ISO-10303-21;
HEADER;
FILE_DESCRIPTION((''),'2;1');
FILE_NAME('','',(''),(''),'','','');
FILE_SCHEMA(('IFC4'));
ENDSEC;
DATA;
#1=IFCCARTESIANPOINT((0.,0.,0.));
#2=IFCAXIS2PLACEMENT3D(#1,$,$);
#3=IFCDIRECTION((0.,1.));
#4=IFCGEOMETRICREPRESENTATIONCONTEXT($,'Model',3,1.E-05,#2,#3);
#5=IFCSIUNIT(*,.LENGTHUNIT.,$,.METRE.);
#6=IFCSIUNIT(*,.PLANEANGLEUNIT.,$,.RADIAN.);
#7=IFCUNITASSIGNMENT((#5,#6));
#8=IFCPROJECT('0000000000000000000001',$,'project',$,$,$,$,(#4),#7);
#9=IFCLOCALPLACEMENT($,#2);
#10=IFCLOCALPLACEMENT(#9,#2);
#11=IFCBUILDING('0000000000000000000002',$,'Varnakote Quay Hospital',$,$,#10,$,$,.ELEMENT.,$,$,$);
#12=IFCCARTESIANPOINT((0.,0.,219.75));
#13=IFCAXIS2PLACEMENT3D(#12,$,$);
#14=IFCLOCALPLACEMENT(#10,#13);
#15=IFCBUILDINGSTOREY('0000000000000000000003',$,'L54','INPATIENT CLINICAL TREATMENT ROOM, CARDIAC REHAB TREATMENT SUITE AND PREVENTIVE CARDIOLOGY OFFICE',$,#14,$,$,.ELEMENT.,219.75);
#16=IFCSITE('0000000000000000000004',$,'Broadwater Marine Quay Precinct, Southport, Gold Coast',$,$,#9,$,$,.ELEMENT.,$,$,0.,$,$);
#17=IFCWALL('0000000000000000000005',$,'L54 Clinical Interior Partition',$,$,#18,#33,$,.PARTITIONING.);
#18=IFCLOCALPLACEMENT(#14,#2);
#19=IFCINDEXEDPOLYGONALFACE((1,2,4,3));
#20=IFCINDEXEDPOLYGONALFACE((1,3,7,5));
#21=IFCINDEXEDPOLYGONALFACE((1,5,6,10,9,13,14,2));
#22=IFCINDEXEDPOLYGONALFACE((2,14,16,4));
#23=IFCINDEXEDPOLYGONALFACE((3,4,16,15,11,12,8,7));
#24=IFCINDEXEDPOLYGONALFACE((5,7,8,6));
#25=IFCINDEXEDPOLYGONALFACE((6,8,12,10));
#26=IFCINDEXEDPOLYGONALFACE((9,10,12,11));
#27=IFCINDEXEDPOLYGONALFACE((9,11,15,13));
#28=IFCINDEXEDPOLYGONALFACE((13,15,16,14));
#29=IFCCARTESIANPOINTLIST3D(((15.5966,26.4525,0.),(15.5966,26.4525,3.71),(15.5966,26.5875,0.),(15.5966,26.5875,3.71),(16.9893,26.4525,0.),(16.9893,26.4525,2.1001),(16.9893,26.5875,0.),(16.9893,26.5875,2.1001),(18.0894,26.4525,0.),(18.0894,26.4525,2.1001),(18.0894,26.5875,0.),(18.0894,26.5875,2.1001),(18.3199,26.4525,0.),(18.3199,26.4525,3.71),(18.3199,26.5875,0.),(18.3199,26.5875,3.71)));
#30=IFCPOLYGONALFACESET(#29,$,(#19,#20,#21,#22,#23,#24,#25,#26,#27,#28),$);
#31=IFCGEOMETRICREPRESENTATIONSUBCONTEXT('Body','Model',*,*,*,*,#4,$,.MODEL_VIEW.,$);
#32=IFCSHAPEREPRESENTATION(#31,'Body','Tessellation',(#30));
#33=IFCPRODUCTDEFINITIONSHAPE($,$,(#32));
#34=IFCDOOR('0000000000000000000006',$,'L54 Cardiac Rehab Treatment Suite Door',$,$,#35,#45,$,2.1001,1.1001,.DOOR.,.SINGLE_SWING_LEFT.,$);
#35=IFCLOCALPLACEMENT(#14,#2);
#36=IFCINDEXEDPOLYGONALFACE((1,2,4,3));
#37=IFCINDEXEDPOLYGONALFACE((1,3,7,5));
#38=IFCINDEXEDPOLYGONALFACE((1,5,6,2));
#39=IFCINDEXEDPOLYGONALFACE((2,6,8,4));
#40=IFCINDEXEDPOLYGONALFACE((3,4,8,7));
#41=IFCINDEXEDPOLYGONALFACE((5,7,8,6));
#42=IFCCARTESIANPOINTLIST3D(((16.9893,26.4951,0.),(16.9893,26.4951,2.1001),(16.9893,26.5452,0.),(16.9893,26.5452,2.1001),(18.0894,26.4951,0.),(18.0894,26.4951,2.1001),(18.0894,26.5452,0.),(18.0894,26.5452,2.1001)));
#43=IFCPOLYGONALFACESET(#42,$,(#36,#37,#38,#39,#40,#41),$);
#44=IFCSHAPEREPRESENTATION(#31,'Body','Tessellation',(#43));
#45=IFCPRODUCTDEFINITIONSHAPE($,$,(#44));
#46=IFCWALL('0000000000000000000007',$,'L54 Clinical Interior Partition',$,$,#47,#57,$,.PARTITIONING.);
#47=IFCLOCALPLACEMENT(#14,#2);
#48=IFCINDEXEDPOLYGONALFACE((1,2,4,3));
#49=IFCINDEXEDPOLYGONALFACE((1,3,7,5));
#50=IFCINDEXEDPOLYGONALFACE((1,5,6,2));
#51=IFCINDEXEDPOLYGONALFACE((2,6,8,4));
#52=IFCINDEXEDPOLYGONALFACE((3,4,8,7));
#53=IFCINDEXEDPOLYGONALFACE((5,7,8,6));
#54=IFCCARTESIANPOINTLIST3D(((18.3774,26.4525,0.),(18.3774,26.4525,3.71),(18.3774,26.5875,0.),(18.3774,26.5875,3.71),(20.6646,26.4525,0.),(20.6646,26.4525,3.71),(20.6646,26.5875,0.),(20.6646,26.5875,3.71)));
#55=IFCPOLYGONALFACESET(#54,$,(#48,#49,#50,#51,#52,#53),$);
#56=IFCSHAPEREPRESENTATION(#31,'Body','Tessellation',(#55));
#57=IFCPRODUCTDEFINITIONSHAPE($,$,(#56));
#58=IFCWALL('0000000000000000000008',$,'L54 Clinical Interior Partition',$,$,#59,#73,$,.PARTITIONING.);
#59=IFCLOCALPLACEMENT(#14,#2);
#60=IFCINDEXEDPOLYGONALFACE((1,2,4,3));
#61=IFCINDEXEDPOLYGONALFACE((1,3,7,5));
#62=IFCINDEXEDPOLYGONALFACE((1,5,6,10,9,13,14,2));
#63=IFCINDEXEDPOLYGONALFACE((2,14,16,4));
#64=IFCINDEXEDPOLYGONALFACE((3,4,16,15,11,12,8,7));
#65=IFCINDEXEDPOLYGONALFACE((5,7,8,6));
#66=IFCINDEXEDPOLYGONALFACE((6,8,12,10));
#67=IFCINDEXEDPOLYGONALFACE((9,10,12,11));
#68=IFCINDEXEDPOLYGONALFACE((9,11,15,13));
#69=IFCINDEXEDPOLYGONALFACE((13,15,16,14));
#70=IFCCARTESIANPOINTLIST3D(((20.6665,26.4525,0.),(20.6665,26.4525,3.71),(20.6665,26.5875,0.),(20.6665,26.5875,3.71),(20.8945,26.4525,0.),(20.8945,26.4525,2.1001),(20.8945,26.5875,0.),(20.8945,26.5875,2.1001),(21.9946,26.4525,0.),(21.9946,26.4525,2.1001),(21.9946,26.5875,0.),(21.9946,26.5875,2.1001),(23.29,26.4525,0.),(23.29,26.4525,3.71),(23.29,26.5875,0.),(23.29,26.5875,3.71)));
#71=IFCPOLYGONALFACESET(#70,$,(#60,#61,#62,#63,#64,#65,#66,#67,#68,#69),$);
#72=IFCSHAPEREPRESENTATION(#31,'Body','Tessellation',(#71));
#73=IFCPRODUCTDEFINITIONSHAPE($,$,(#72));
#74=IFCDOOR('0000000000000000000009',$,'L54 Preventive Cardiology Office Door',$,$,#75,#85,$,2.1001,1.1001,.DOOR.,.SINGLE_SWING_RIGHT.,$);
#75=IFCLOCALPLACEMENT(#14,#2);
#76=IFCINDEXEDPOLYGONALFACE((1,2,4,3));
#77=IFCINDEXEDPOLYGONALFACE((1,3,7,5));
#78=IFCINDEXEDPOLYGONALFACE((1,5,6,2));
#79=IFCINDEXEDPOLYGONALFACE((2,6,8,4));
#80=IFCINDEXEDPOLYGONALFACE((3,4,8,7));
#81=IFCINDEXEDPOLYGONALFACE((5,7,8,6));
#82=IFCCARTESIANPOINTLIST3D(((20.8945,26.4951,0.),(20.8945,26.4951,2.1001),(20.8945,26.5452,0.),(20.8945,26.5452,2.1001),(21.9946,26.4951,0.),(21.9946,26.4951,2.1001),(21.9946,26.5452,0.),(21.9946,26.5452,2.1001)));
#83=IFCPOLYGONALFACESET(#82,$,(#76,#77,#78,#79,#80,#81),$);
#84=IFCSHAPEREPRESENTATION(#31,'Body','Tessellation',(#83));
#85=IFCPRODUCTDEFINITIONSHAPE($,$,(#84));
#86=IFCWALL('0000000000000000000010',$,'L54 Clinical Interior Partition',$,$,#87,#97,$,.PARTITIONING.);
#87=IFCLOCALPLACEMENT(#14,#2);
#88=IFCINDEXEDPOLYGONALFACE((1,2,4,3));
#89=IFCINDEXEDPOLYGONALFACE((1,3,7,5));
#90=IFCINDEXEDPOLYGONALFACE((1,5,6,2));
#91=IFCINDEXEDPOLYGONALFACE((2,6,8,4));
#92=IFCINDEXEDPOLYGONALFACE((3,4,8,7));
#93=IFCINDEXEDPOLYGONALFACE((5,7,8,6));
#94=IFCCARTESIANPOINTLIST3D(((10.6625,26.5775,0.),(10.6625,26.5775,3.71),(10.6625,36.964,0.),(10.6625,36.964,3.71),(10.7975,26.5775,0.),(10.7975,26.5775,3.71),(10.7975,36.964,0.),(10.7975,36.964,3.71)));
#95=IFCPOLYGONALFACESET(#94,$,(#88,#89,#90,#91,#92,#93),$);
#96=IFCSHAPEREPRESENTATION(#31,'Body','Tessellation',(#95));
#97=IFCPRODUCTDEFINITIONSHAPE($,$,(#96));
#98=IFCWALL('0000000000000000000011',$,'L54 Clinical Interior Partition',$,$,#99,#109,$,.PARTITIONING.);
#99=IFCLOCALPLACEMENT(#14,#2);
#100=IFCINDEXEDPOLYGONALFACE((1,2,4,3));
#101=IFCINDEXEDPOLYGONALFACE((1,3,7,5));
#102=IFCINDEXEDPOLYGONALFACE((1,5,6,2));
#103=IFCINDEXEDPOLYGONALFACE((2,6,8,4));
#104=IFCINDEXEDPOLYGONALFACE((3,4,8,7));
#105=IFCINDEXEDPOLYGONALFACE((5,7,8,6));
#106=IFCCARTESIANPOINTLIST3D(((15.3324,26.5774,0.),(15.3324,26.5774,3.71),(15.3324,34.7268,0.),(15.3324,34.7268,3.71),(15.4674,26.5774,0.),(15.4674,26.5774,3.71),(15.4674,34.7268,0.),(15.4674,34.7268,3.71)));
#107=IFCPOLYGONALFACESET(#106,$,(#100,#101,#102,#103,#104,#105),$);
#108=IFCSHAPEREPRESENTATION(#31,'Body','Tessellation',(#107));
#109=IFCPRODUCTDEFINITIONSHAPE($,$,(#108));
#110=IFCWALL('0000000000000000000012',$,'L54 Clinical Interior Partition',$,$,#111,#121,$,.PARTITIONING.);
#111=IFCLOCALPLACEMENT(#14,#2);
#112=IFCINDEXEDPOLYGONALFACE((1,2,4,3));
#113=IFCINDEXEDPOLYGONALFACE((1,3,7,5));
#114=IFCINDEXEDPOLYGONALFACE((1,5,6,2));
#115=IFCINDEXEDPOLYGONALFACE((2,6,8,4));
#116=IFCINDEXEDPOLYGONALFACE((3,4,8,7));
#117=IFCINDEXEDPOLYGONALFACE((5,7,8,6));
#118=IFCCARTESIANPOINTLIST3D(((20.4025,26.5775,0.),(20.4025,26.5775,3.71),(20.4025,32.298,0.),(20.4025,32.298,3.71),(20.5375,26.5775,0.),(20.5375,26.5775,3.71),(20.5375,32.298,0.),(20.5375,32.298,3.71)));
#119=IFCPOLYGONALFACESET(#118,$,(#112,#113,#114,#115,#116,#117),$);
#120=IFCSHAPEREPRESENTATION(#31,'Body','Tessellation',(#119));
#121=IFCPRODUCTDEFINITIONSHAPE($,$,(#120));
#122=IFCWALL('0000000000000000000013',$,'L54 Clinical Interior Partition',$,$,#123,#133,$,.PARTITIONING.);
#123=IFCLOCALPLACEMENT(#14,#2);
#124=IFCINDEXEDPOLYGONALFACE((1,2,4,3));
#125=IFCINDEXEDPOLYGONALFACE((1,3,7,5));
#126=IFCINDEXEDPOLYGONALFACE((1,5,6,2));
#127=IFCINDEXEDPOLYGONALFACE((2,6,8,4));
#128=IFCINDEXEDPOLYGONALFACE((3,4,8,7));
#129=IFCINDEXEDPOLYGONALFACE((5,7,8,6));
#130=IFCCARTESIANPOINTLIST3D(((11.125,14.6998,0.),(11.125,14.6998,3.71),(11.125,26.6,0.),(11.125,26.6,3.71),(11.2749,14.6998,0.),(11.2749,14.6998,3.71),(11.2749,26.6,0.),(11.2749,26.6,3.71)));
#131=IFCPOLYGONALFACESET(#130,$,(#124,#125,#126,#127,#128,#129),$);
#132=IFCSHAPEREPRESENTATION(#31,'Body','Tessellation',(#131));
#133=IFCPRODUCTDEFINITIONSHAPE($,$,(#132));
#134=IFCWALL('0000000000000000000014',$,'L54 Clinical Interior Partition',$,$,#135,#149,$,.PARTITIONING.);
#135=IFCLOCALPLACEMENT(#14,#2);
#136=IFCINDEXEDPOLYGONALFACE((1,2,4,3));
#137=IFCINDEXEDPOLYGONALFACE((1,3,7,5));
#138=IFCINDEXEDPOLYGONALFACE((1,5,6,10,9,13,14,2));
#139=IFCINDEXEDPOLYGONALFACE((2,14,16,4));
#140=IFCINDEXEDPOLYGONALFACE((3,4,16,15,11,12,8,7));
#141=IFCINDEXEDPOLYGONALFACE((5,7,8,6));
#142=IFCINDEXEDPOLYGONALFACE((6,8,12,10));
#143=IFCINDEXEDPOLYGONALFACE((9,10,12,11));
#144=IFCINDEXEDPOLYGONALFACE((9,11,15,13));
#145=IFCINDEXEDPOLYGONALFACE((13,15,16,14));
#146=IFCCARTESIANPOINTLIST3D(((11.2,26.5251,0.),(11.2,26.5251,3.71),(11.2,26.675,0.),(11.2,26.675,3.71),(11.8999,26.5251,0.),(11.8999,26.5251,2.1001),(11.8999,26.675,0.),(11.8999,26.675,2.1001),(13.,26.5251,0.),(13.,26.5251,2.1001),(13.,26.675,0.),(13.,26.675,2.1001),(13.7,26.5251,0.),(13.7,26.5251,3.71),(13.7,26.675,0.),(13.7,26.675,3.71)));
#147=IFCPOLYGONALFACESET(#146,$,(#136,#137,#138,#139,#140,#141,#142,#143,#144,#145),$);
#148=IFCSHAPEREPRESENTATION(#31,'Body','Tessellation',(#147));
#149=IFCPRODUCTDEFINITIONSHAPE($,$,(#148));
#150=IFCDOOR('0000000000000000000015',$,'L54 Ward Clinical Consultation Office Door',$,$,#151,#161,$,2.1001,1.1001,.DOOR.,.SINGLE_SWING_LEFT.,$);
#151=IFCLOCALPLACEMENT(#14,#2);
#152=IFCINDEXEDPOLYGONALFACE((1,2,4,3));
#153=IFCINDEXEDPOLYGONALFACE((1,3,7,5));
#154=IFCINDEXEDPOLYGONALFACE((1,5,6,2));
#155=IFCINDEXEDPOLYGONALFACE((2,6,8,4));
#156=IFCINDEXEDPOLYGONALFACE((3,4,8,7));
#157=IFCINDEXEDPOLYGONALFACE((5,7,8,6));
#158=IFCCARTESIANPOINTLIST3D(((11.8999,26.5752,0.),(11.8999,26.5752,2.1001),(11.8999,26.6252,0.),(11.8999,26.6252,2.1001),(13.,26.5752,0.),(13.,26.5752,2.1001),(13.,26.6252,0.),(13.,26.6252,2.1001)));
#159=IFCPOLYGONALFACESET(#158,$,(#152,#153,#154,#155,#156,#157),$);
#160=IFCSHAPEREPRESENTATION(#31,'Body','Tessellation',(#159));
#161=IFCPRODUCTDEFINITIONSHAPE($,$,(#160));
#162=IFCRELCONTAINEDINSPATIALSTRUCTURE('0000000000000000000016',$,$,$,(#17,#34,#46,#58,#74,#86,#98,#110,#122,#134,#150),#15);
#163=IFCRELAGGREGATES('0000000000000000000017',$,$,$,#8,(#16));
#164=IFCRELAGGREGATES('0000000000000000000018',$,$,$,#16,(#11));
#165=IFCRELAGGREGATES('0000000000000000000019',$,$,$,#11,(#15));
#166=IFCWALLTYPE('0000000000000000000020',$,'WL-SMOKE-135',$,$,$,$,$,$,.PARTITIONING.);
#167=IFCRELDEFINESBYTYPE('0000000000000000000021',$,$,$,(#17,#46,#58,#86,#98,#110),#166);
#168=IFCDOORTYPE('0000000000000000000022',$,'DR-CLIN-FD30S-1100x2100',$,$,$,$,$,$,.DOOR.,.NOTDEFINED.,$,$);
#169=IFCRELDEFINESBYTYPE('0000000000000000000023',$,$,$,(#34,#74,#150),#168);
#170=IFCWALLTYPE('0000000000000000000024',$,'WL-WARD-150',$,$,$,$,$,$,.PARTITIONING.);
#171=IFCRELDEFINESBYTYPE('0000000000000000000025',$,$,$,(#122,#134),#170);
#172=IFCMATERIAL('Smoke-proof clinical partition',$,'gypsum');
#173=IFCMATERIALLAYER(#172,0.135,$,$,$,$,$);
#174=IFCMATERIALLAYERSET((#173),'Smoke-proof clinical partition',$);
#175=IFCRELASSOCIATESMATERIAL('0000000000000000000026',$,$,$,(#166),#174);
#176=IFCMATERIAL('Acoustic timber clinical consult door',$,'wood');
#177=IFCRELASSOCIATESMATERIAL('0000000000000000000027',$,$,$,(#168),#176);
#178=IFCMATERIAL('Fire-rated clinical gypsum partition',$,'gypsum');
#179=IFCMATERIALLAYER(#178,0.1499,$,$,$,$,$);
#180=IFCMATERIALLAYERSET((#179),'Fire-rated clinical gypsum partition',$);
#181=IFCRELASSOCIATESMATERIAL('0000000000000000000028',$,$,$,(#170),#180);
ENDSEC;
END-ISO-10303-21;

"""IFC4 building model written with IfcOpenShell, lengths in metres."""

from ifc_helpers import new_model, si_unit, direction, frame, frame_2d, origin, place, context, subcontext, project, spatial, rectangle, extrude, material, layer, layer_set, type_object, element, fill, save


model = new_model("IFC4")

# Units and contexts
model_context = context("Model", 3, precision=1e-05, world=origin(), true_north=direction((0.0, 1.0)))
body_context = subcontext(model_context, "Body", "Model", "MODEL_VIEW")
ifc_project = project(units=[si_unit("LENGTHUNIT", "METRE"), si_unit("PLANEANGLEUNIT", "RADIAN")], contexts=[model_context])

# Site, building, storey
site_placement = place(None, origin())
site = spatial("IfcSite", under=ifc_project, at=site_placement, Name="Broadwater Marine Quay Precinct, Southport, Gold Coast", CompositionType="ELEMENT", RefElevation=0.0)
building_placement = place(site_placement, origin())
building = spatial("IfcBuilding", under=site, at=building_placement, Name="Varnakote Quay Hospital", CompositionType="ELEMENT")
storey_placement = place(building_placement, frame((0.0, 0.0, 219.75)))
storey = spatial("IfcBuildingStorey", under=building, at=storey_placement, Name="L54", Description="INPATIENT CLINICAL TREATMENT ROOM, CARDIAC REHAB TREATMENT SUITE AND PREVENTIVE CARDIOLOGY OFFICE", CompositionType="ELEMENT", Elevation=219.75)

# Shared definitions
ifc_material_1 = material(Name="Smoke-proof clinical partition", Category="gypsum")
ifc_layer_1 = layer(ifc_material_1, 0.135)
ifc_layer_set_1 = layer_set([ifc_layer_1], Name="Smoke-proof clinical partition")
wall_type_1 = type_object("IfcWallType", Name="WL-SMOKE-135", PredefinedType="PARTITIONING", material=ifc_layer_set_1)

# Wall, opening, door
wall_1_placement = place(storey_placement, frame((18.3201, 26.52, 0.0), z_axis=(0.0, 0.0, 1.0), x_axis=(-1.0, 0.0, 0.0)))
wall_1 = element("IfcWall", 1, at=wall_1_placement, inside=storey, type_object=wall_type_1, Name="L54 Clinical Interior Partition", PredefinedType="PARTITIONING", context=body_context, shape_type="SweptSolid", body=[
    extrude(rectangle(XDim=2.7234, YDim=0.135, at=frame_2d((1.3618, 0.0))), origin(), (0.0, 0.0, 1.0), 3.71),
])
opening_1_placement = place(wall_1_placement, frame((0.2307, 0.0, 0.0)))
opening_1 = element("IfcOpeningElement", 2, at=opening_1_placement, cuts=wall_1, PredefinedType="OPENING", context=body_context, shape_type="SweptSolid", body=[
    extrude(rectangle(XDim=1.1001, YDim=2.1001, at=frame_2d((0.55, 1.05))), frame((0.0, 0.0774, 0.0), z_axis=(0.0, -1.0, 0.0), x_axis=(1.0, 0.0, 0.0)), (0.0, 0.0, 1.0), 0.155),
])
ifc_material_2 = material(Name="Acoustic timber clinical consult door", Category="wood")
door_type = type_object("IfcDoorType", Name="DR-CLIN-FD30S-1100x2100", OperationType="NOTDEFINED", PredefinedType="DOOR", material=ifc_material_2)
door_1_placement = place(opening_1_placement, origin())
door_1 = element("IfcDoor", 3, at=door_1_placement, inside=storey, type_object=door_type, Name="L54 Cardiac Rehab Treatment Suite Door", OperationType="SINGLE_SWING_LEFT", OverallHeight=2.1001, OverallWidth=1.1001, PredefinedType="DOOR", context=body_context, shape_type="SweptSolid", body=[
    extrude(rectangle(XDim=1.1001, YDim=2.1001, at=frame_2d((0.55, 1.05))), frame((0.0, 0.0249, 0.0), z_axis=(0.0, -1.0, 0.0), x_axis=(1.0, 0.0, 0.0)), (0.0, 0.0, 1.0), 0.05),
])
fill(opening_1, door_1)

# Wall
wall_2_placement = place(storey_placement, frame((20.6646, 26.52, 0.0), z_axis=(0.0, 0.0, 1.0), x_axis=(-1.0, 0.0, 0.0)))
element("IfcWall", 4, at=wall_2_placement, inside=storey, type_object=wall_type_1, Name="L54 Clinical Interior Partition", PredefinedType="PARTITIONING", context=body_context, shape_type="SweptSolid", body=[
    extrude(rectangle(XDim=2.2871, YDim=0.135, at=frame_2d((1.1436, 0.0))), origin(), (0.0, 0.0, 1.0), 3.71),
])

# Wall, opening, door
wall_3_placement = place(storey_placement, frame((23.29, 26.52, 0.0), z_axis=(0.0, 0.0, 1.0), x_axis=(-1.0, 0.0, 0.0)))
wall_3 = element("IfcWall", 5, at=wall_3_placement, inside=storey, type_object=wall_type_1, Name="L54 Clinical Interior Partition", PredefinedType="PARTITIONING", context=body_context, shape_type="SweptSolid", body=[
    extrude(rectangle(XDim=2.6235, YDim=0.135, at=frame_2d((1.3118, 0.0))), origin(), (0.0, 0.0, 1.0), 3.71),
])
opening_2_placement = place(wall_3_placement, frame((1.2954, 0.0, 0.0)))
opening_2 = element("IfcOpeningElement", 6, at=opening_2_placement, cuts=wall_3, PredefinedType="OPENING", context=body_context, shape_type="SweptSolid", body=[
    extrude(rectangle(XDim=1.1001, YDim=2.1001, at=frame_2d((0.55, 1.05))), frame((0.0, 0.0774, 0.0), z_axis=(0.0, -1.0, 0.0), x_axis=(1.0, 0.0, 0.0)), (0.0, 0.0, 1.0), 0.155),
])
door_2_placement = place(opening_2_placement, origin())
door_2 = element("IfcDoor", 7, at=door_2_placement, inside=storey, type_object=door_type, Name="L54 Preventive Cardiology Office Door", OperationType="SINGLE_SWING_RIGHT", OverallHeight=2.1001, OverallWidth=1.1001, PredefinedType="DOOR", context=body_context, shape_type="SweptSolid", body=[
    extrude(rectangle(XDim=1.1001, YDim=2.1001, at=frame_2d((0.55, 1.05))), frame((0.0, 0.0249, 0.0), z_axis=(0.0, -1.0, 0.0), x_axis=(1.0, 0.0, 0.0)), (0.0, 0.0, 1.0), 0.05),
])
fill(opening_2, door_2)

# Walls
wall_4_placement = place(storey_placement, frame((10.73, 26.5774, 0.0), z_axis=(0.0, 0.0, 1.0), x_axis=(0.0, 1.0, 0.0)))
element("IfcWall", 8, at=wall_4_placement, inside=storey, type_object=wall_type_1, Name="L54 Clinical Interior Partition", PredefinedType="PARTITIONING", context=body_context, shape_type="SweptSolid", body=[
    extrude(rectangle(XDim=10.3865, YDim=0.135, at=frame_2d((5.1934, 0.0))), origin(), (0.0, 0.0, 1.0), 3.71),
])
wall_5_placement = place(storey_placement, frame((15.3999, 26.5774, 0.0), z_axis=(0.0, 0.0, 1.0), x_axis=(0.0, 1.0, 0.0)))
element("IfcWall", 9, at=wall_5_placement, inside=storey, type_object=wall_type_1, Name="L54 Clinical Interior Partition", PredefinedType="PARTITIONING", context=body_context, shape_type="SweptSolid", body=[
    extrude(rectangle(XDim=8.1494, YDim=0.135, at=frame_2d((4.0747, 0.0))), origin(), (0.0, 0.0, 1.0), 3.71),
])
wall_6_placement = place(storey_placement, frame((20.47, 26.5774, 0.0), z_axis=(0.0, 0.0, 1.0), x_axis=(0.0, 1.0, 0.0)))
element("IfcWall", 10, at=wall_6_placement, inside=storey, type_object=wall_type_1, Name="L54 Clinical Interior Partition", PredefinedType="PARTITIONING", context=body_context, shape_type="SweptSolid", body=[
    extrude(rectangle(XDim=5.7205, YDim=0.135, at=frame_2d((2.8604, 0.0))), origin(), (0.0, 0.0, 1.0), 3.71),
])
ifc_material_3 = material(Name="Fire-rated clinical gypsum partition", Category="gypsum")
ifc_layer_2 = layer(ifc_material_3, 0.1499)
ifc_layer_set_2 = layer_set([ifc_layer_2], Name="Fire-rated clinical gypsum partition")
wall_type_2 = type_object("IfcWallType", Name="WL-WARD-150", PredefinedType="PARTITIONING", material=ifc_layer_set_2)
wall_7_placement = place(storey_placement, frame((11.2, 26.6001, 0.0), z_axis=(0.0, 0.0, 1.0), x_axis=(0.0, -1.0, 0.0)))
element("IfcWall", 11, at=wall_7_placement, inside=storey, type_object=wall_type_2, Name="L54 Clinical Interior Partition", PredefinedType="PARTITIONING", context=body_context, shape_type="SweptSolid", body=[
    extrude(rectangle(XDim=11.9001, YDim=0.1499, at=frame_2d((5.9502, 0.0))), origin(), (0.0, 0.0, 1.0), 3.71),
])

# Wall, opening, door
wall_8_placement = place(storey_placement, frame((13.7, 26.6001, 0.0), z_axis=(0.0, 0.0, 1.0), x_axis=(-1.0, 0.0, 0.0)))
wall_8 = element("IfcWall", 12, at=wall_8_placement, inside=storey, type_object=wall_type_2, Name="L54 Clinical Interior Partition", PredefinedType="PARTITIONING", context=body_context, shape_type="SweptSolid", body=[
    extrude(rectangle(XDim=2.5, YDim=0.1499, at=frame_2d((1.25, 0.0))), origin(), (0.0, 0.0, 1.0), 3.71),
])
opening_3_placement = place(wall_8_placement, frame((0.7, 0.0, 0.0)))
opening_3 = element("IfcOpeningElement", 13, at=opening_3_placement, cuts=wall_8, PredefinedType="OPENING", context=body_context, shape_type="SweptSolid", body=[
    extrude(rectangle(XDim=1.1001, YDim=2.1001, at=frame_2d((0.55, 1.05))), frame((0.0, 0.085, 0.0), z_axis=(0.0, -1.0, 0.0), x_axis=(1.0, 0.0, 0.0)), (0.0, 0.0, 1.0), 0.1699),
])
door_3_placement = place(opening_3_placement, origin())
door_3 = element("IfcDoor", 14, at=door_3_placement, inside=storey, type_object=door_type, Name="L54 Ward Clinical Consultation Office Door", OperationType="SINGLE_SWING_LEFT", OverallHeight=2.1001, OverallWidth=1.1001, PredefinedType="DOOR", context=body_context, shape_type="SweptSolid", body=[
    extrude(rectangle(XDim=1.1001, YDim=2.1001, at=frame_2d((0.55, 1.05))), frame((0.0, 0.0249, 0.0), z_axis=(0.0, -1.0, 0.0), x_axis=(1.0, 0.0, 0.0)), (0.0, 0.0, 1.0), 0.05),
])
fill(opening_3, door_3)

save(model, "model.ifc")
